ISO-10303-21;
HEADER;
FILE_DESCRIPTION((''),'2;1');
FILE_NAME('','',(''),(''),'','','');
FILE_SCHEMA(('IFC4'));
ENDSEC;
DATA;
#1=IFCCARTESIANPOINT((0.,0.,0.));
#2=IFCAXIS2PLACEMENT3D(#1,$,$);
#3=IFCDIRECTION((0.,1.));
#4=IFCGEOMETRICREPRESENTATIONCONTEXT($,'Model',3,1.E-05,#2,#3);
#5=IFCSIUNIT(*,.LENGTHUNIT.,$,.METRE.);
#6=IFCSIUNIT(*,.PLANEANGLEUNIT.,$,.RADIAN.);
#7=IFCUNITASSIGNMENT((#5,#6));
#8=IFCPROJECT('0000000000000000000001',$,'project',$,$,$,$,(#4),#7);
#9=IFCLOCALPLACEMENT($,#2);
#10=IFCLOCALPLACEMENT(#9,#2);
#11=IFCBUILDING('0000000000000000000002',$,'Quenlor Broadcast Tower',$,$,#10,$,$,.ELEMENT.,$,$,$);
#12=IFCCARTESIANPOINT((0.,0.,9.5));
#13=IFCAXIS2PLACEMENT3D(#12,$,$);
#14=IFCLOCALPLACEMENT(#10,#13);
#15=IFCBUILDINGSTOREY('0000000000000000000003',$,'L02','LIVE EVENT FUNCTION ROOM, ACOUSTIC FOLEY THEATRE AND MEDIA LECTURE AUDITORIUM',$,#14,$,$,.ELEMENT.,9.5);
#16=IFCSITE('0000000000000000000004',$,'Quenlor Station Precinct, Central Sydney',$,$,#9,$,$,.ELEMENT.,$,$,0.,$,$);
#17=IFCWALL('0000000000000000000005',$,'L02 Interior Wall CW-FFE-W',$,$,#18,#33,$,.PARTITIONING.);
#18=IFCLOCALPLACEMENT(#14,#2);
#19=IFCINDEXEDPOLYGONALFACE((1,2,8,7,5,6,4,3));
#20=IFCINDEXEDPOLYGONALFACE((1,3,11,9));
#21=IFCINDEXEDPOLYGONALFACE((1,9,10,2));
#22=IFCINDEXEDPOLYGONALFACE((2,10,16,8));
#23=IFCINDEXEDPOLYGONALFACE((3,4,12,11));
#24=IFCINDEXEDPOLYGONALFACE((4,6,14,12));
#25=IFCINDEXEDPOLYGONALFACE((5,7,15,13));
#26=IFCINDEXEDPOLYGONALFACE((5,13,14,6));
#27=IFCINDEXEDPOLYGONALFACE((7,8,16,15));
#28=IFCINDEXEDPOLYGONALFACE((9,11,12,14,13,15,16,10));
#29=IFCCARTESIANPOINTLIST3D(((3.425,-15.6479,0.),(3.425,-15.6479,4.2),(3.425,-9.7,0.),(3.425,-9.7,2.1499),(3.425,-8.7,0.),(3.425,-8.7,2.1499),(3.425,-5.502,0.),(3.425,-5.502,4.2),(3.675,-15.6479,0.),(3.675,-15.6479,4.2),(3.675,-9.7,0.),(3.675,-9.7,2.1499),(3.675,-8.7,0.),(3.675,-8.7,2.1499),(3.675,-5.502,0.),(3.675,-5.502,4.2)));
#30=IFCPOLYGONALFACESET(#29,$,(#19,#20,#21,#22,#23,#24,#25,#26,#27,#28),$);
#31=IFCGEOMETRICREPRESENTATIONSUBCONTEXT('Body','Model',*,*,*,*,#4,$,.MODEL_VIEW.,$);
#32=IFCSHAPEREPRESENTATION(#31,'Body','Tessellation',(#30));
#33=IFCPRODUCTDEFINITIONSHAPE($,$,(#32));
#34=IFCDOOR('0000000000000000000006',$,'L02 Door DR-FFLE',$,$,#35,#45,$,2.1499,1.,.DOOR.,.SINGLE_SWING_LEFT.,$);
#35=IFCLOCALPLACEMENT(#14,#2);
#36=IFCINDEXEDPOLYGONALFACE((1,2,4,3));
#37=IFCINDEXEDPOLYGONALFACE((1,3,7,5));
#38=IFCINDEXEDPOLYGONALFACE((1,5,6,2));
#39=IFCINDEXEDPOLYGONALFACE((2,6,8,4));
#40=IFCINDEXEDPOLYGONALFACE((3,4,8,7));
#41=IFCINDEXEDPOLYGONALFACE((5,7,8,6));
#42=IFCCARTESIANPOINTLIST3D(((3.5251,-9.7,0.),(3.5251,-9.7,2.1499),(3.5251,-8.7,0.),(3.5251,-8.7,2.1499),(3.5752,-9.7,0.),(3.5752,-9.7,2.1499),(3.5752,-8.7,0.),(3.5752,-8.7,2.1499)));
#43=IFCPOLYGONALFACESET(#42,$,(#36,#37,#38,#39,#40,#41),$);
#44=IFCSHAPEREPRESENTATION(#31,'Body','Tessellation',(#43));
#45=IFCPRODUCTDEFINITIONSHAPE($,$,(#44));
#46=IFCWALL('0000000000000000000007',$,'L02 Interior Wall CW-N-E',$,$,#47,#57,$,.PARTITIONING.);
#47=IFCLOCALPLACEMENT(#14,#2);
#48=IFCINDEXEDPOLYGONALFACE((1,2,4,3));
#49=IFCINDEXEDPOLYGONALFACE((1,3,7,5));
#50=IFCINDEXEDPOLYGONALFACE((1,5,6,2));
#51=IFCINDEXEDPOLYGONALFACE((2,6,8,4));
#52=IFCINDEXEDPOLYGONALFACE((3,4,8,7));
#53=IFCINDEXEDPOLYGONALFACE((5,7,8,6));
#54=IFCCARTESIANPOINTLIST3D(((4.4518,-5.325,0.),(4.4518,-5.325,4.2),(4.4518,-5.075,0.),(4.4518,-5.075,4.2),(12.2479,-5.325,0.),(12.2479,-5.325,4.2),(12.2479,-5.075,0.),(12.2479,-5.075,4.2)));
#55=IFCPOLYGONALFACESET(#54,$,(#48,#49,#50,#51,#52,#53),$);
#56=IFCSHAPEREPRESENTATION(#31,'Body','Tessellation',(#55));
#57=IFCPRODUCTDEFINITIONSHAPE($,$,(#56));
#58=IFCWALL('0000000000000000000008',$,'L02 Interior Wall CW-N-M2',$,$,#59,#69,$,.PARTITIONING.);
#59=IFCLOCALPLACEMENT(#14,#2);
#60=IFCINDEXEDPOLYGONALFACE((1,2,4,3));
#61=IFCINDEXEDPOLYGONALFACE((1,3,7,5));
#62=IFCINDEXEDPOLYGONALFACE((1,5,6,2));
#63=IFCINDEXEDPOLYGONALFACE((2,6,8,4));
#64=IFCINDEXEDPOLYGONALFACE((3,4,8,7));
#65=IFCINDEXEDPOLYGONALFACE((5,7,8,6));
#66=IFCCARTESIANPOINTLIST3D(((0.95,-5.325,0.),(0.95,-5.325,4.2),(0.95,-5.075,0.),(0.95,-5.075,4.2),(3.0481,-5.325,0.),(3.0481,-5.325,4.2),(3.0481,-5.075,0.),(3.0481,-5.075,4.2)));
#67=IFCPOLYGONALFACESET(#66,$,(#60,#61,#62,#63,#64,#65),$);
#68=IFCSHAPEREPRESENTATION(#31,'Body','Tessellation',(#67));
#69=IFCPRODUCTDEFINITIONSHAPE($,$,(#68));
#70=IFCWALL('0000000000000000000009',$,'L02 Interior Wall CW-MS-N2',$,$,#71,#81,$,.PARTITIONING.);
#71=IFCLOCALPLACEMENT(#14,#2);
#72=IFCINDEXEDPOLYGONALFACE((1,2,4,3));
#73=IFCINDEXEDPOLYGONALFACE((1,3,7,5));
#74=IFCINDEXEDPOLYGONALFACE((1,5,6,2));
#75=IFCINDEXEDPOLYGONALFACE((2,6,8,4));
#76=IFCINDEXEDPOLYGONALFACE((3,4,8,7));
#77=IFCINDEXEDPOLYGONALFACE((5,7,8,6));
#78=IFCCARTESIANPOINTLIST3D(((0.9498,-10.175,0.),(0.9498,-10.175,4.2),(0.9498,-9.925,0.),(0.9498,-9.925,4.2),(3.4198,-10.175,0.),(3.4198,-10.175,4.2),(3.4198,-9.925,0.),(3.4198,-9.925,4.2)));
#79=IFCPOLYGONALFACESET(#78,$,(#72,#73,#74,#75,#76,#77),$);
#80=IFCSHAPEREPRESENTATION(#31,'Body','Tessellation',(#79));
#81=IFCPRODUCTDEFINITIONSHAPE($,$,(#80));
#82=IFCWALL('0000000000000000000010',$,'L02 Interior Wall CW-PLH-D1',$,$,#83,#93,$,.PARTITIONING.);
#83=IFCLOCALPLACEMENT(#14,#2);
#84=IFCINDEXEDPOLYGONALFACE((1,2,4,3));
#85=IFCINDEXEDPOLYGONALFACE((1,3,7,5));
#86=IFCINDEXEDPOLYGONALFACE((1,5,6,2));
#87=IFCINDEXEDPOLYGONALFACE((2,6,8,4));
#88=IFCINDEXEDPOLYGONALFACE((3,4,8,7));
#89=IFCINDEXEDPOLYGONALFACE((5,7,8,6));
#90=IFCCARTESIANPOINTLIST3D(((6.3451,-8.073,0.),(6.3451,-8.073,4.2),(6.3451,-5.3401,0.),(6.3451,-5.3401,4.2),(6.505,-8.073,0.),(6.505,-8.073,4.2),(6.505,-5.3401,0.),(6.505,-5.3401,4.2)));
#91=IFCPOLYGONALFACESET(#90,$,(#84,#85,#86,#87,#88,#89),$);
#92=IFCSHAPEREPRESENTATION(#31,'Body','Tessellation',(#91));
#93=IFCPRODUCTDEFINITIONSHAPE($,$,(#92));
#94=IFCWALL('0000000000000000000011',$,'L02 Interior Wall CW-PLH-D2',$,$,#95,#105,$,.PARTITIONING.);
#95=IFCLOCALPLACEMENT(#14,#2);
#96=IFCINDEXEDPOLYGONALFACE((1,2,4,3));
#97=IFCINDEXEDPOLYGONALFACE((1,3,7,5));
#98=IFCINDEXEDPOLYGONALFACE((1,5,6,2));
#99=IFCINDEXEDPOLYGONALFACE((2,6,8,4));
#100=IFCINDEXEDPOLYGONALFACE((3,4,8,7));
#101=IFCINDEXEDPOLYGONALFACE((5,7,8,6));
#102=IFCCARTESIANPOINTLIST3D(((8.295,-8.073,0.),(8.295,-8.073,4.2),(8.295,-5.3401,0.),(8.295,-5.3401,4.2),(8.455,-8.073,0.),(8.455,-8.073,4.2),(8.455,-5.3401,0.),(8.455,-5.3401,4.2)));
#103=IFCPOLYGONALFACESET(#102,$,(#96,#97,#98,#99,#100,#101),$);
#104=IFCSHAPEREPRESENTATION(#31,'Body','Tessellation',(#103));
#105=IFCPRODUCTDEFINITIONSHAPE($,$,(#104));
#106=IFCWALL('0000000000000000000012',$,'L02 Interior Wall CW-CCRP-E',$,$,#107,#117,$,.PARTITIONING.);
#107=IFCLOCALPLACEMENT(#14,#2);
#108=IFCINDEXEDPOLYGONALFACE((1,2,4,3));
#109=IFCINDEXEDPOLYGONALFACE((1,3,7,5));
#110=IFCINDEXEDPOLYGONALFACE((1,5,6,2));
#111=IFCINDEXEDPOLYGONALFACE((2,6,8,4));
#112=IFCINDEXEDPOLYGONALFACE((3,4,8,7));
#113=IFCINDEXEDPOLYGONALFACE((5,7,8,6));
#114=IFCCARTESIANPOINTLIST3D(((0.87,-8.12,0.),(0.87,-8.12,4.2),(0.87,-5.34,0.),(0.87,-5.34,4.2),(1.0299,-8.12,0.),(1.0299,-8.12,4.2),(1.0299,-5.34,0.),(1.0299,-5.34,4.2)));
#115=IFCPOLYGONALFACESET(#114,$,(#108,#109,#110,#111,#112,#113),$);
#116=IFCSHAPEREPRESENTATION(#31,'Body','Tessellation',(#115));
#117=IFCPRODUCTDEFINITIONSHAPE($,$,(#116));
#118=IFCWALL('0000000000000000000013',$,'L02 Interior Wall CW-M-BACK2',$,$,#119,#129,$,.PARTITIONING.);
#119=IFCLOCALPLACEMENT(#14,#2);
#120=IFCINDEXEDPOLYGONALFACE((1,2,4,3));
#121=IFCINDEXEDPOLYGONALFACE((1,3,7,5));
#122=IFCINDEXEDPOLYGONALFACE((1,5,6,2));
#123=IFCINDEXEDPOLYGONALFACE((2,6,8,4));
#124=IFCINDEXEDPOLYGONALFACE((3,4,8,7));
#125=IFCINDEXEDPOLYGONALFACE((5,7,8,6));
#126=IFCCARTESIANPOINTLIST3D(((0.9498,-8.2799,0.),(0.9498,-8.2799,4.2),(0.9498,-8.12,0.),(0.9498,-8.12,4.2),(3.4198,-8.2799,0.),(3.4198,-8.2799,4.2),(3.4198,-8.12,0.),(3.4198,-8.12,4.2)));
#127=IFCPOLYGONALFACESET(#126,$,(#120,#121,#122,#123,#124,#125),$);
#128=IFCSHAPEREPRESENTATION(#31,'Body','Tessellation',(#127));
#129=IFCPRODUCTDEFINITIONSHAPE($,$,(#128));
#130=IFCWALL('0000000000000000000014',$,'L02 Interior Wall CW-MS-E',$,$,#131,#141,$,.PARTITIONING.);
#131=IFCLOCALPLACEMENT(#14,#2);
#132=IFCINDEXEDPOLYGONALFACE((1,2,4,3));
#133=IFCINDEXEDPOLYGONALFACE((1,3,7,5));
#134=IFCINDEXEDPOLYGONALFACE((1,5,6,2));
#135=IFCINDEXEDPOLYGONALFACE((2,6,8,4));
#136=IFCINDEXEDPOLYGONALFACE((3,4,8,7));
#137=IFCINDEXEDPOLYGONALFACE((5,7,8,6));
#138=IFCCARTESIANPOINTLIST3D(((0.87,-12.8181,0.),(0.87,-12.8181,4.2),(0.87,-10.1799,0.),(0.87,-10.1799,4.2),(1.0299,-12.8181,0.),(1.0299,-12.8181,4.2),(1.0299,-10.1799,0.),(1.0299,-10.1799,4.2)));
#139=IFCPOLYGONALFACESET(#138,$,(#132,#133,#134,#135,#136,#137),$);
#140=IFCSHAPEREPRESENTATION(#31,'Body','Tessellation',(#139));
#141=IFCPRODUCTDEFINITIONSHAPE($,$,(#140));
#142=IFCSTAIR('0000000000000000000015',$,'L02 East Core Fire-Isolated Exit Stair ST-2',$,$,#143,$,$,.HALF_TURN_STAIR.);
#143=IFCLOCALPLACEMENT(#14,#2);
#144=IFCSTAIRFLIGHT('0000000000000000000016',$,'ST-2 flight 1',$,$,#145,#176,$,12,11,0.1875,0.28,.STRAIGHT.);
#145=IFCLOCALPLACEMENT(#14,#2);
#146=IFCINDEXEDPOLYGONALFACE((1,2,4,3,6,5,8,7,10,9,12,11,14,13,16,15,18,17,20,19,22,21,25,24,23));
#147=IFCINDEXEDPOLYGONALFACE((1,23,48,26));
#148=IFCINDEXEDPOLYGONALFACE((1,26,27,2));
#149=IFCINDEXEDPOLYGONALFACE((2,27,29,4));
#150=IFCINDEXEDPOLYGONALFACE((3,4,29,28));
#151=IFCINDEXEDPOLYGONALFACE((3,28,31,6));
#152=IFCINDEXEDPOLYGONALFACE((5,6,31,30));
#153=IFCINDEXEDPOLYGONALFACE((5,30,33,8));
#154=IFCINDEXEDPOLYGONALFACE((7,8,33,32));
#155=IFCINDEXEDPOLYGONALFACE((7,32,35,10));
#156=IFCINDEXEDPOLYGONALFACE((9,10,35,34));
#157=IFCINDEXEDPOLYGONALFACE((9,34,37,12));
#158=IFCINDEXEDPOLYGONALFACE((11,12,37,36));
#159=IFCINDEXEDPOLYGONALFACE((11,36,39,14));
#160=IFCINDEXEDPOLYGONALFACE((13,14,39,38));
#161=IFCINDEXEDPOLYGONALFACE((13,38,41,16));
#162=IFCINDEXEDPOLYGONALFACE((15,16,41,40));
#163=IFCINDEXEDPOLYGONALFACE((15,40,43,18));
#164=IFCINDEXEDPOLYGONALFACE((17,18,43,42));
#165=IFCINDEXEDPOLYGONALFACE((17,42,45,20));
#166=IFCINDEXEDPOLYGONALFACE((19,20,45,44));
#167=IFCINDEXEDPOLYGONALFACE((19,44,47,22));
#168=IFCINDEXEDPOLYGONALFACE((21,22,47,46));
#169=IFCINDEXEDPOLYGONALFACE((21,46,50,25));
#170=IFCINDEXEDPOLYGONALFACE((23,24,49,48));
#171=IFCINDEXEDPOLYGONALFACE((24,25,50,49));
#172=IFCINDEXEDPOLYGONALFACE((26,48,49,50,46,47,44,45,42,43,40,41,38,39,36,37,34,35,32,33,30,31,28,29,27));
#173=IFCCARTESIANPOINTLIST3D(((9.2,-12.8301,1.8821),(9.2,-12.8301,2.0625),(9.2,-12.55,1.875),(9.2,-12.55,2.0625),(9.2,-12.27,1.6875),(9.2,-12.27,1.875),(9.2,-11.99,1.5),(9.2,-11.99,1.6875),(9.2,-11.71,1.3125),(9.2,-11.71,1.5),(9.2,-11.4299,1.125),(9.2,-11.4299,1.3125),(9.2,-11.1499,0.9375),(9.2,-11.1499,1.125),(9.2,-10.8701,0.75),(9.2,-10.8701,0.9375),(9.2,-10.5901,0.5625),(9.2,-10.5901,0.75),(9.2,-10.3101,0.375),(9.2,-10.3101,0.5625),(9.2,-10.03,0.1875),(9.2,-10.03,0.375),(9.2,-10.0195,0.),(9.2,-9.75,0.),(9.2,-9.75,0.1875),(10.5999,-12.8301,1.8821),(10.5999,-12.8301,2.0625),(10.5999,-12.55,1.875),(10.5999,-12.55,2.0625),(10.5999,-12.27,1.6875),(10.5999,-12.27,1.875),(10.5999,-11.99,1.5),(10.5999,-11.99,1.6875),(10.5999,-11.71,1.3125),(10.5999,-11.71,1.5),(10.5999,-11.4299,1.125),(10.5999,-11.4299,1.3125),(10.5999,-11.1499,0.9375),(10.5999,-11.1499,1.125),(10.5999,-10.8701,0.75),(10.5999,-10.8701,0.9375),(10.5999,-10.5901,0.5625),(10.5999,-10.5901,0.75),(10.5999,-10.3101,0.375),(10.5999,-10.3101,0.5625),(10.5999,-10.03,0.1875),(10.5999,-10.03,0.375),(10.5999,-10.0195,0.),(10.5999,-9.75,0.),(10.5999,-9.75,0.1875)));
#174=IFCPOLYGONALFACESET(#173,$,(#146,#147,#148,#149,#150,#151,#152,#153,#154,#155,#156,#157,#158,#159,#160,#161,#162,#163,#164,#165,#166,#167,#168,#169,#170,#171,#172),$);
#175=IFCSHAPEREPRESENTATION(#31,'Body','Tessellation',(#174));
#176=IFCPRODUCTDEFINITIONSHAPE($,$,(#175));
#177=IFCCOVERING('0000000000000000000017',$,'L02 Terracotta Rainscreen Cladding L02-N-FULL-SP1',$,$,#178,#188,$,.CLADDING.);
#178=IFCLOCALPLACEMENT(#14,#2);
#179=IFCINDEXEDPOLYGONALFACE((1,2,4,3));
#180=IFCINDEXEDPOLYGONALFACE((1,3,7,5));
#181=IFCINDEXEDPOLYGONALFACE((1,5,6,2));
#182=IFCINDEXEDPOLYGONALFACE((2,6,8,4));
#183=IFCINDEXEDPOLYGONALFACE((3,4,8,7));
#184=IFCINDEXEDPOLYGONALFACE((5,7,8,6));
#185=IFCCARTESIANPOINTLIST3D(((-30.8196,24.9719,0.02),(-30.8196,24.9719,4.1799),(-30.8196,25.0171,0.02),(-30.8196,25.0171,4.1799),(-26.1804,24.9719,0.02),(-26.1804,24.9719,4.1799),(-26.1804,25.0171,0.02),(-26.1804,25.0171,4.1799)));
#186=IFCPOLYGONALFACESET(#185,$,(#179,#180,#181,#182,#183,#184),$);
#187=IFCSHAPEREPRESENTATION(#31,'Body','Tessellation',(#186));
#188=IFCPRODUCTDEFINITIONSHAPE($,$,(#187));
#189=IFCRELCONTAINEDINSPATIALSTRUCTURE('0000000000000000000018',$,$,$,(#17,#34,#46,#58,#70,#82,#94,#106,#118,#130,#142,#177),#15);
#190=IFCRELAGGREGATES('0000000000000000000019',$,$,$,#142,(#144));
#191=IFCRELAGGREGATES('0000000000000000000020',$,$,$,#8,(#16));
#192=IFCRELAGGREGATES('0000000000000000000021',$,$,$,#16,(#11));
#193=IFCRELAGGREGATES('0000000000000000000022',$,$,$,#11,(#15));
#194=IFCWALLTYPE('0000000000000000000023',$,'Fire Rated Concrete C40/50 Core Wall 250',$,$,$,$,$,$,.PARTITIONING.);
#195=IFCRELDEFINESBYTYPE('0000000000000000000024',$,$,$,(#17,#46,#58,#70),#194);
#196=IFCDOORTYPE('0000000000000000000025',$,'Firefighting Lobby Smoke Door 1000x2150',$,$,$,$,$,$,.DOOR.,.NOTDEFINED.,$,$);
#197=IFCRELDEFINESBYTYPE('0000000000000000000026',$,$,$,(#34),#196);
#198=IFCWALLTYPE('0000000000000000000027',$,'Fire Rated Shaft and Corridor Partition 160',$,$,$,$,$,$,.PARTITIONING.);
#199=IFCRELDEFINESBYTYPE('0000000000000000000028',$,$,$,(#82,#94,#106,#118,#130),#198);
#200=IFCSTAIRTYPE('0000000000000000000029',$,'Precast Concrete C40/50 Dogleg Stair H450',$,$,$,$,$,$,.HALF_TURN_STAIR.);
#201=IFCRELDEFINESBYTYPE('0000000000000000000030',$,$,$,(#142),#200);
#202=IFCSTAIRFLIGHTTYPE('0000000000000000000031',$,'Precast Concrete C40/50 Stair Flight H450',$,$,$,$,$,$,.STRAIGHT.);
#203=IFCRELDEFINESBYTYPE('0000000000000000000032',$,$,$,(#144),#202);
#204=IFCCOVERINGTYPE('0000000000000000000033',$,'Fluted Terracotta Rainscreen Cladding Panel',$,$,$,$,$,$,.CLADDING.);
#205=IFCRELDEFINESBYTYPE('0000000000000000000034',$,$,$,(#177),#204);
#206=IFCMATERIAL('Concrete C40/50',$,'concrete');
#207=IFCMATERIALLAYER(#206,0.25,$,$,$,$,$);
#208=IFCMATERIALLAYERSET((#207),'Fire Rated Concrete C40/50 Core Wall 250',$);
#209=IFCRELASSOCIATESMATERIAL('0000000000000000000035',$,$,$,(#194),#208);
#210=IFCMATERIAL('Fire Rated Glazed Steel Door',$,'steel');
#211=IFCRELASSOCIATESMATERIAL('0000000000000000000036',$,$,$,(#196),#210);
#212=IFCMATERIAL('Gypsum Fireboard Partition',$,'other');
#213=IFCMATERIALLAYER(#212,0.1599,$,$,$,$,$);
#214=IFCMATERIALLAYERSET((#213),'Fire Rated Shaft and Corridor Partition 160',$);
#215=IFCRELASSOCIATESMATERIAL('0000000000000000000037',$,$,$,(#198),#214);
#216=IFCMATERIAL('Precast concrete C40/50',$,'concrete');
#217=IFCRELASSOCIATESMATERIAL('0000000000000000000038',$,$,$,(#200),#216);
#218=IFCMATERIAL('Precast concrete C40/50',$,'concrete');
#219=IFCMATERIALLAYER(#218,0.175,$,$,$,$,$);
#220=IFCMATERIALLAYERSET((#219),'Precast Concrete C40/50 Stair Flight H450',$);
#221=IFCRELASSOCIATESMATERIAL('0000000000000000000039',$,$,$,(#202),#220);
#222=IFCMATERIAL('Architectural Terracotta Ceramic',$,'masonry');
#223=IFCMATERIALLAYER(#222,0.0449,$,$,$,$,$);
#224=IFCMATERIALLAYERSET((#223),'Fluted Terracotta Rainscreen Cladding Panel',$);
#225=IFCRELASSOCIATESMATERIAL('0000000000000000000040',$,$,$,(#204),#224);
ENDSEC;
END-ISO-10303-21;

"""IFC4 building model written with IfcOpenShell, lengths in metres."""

from ifc_helpers import new_model, si_unit, direction, frame, frame_2d, origin, place, context, subcontext, project, spatial, polyline, rectangle, outline, extrude, material, layer, layer_set, type_object, element, fill, aggregate, save


model = new_model("IFC4")

# Units and contexts
model_context = context("Model", 3, precision=1e-05, world=origin(), true_north=direction((0.0, 1.0)))
body_context = subcontext(model_context, "Body", "Model", "MODEL_VIEW")
ifc_project = project(units=[si_unit("LENGTHUNIT", "METRE"), si_unit("PLANEANGLEUNIT", "RADIAN")], contexts=[model_context])

# Site, building, storey
site_placement = place(None, origin())
site = spatial("IfcSite", under=ifc_project, at=site_placement, Name="Quenlor Station Precinct, Central Sydney", CompositionType="ELEMENT", RefElevation=0.0)
building_placement = place(site_placement, origin())
building = spatial("IfcBuilding", under=site, at=building_placement, Name="Quenlor Broadcast Tower", CompositionType="ELEMENT")
storey_placement = place(building_placement, frame((0.0, 0.0, 9.5)))
storey = spatial("IfcBuildingStorey", under=building, at=storey_placement, Name="L02", Description="LIVE EVENT FUNCTION ROOM, ACOUSTIC FOLEY THEATRE AND MEDIA LECTURE AUDITORIUM", CompositionType="ELEMENT", Elevation=9.5)

# Shared definitions
ifc_material_1 = material(Name="Concrete C40/50", Category="concrete")
ifc_layer_1 = layer(ifc_material_1, 0.25)
ifc_layer_set_1 = layer_set([ifc_layer_1], Name="Fire Rated Concrete C40/50 Core Wall 250")
wall_type_1 = type_object("IfcWallType", Name="Fire Rated Concrete C40/50 Core Wall 250", PredefinedType="PARTITIONING", material=ifc_layer_set_1)

# Wall, opening, door
wall_1_placement = place(storey_placement, frame((3.55, -15.6479, 0.0), z_axis=(0.0, 0.0, 1.0), x_axis=(0.0, 1.0, 0.0)))
wall_1 = element("IfcWall", 1, at=wall_1_placement, inside=storey, type_object=wall_type_1, Name="L02 Interior Wall CW-FFE-W", PredefinedType="PARTITIONING", context=body_context, shape_type="SweptSolid", body=[
    extrude(rectangle(XDim=10.146, YDim=0.25, at=frame_2d((5.073, 0.0))), origin(), (0.0, 0.0, 1.0), 4.2),
])
opening_1_placement = place(wall_1_placement, frame((5.948, 0.0, 0.0)))
opening_1 = element("IfcOpeningElement", 2, at=opening_1_placement, cuts=wall_1, PredefinedType="OPENING", context=body_context, shape_type="SweptSolid", body=[
    extrude(rectangle(XDim=1.0, YDim=2.1499, at=frame_2d((0.5, 1.075))), frame((0.0, 0.135, 0.0), z_axis=(0.0, -1.0, 0.0), x_axis=(1.0, 0.0, 0.0)), (0.0, 0.0, 1.0), 0.27),
])
ifc_material_2 = material(Name="Fire Rated Glazed Steel Door", Category="steel")
door_type_1 = type_object("IfcDoorType", Name="Firefighting Lobby Smoke Door 1000x2150", OperationType="NOTDEFINED", PredefinedType="DOOR", material=ifc_material_2)
door_1_placement = place(opening_1_placement, origin())
door_1 = element("IfcDoor", 3, at=door_1_placement, inside=storey, type_object=door_type_1, Name="L02 Door DR-FFLE", OperationType="SINGLE_SWING_LEFT", OverallHeight=2.1499, OverallWidth=1.0, PredefinedType="DOOR", context=body_context, shape_type="SweptSolid", body=[
    extrude(rectangle(XDim=1.0, YDim=2.1499, at=frame_2d((0.5, 1.075))), frame((0.0, 0.0249, 0.0), z_axis=(0.0, -1.0, 0.0), x_axis=(1.0, 0.0, 0.0)), (0.0, 0.0, 1.0), 0.05),
])
fill(opening_1, door_1)

# Walls
wall_2_placement = place(storey_placement, frame((4.4519, -5.2, 0.0), z_axis=(0.0, 0.0, 1.0), x_axis=(1.0, 0.0, 0.0)))
element("IfcWall", 4, at=wall_2_placement, inside=storey, type_object=wall_type_1, Name="L02 Interior Wall CW-N-E", PredefinedType="PARTITIONING", context=body_context, shape_type="SweptSolid", body=[
    extrude(rectangle(XDim=7.7961, YDim=0.25, at=frame_2d((3.8979, 0.0))), origin(), (0.0, 0.0, 1.0), 4.2),
])
wall_3_placement = place(storey_placement, frame((0.95, -5.2, 0.0), z_axis=(0.0, 0.0, 1.0), x_axis=(1.0, 0.0, 0.0)))
element("IfcWall", 5, at=wall_3_placement, inside=storey, type_object=wall_type_1, Name="L02 Interior Wall CW-N-M2", PredefinedType="PARTITIONING", context=body_context, shape_type="SweptSolid", body=[
    extrude(rectangle(XDim=2.0981, YDim=0.25, at=frame_2d((1.0491, 0.0))), origin(), (0.0, 0.0, 1.0), 4.2),
])
wall_4_placement = place(storey_placement, frame((0.95, -10.05, 0.0), z_axis=(0.0, 0.0, 1.0), x_axis=(1.0, 0.0, 0.0)))
element("IfcWall", 6, at=wall_4_placement, inside=storey, type_object=wall_type_1, Name="L02 Interior Wall CW-MS-N2", PredefinedType="PARTITIONING", context=body_context, shape_type="SweptSolid", body=[
    extrude(rectangle(XDim=2.47, YDim=0.25, at=frame_2d((1.2349, 0.0))), origin(), (0.0, 0.0, 1.0), 4.2),
])
ifc_material_3 = material(Name="Gypsum Fireboard Partition", Category="other")
ifc_layer_2 = layer(ifc_material_3, 0.1599)
ifc_layer_set_2 = layer_set([ifc_layer_2], Name="Fire Rated Shaft and Corridor Partition 160")
wall_type_2 = type_object("IfcWallType", Name="Fire Rated Shaft and Corridor Partition 160", PredefinedType="PARTITIONING", material=ifc_layer_set_2)
for number, where, z_axis, x_axis, name in (
    (7, (6.425, -8.073, 0.0), (0.0, 0.0, 1.0), (0.0, 1.0, 0.0), "L02 Interior Wall CW-PLH-D1"),
    (8, (8.375, -8.073, 0.0), (0.0, 0.0, 1.0), (0.0, 1.0, 0.0), "L02 Interior Wall CW-PLH-D2"),
):
    element("IfcWall", number, at=place(storey_placement, frame(where, z_axis=z_axis, x_axis=x_axis)), inside=storey, type_object=wall_type_2, Name=name, PredefinedType="PARTITIONING", context=body_context, shape_type="SweptSolid", body=[
        extrude(rectangle(XDim=2.7329, YDim=0.1599, at=frame_2d((1.3665, 0.0))), origin(), (0.0, 0.0, 1.0), 4.2),
    ])
wall_5_placement = place(storey_placement, frame((0.95, -8.1201, 0.0), z_axis=(0.0, 0.0, 1.0), x_axis=(0.0, 1.0, 0.0)))
element("IfcWall", 9, at=wall_5_placement, inside=storey, type_object=wall_type_2, Name="L02 Interior Wall CW-CCRP-E", PredefinedType="PARTITIONING", context=body_context, shape_type="SweptSolid", body=[
    extrude(rectangle(XDim=2.78, YDim=0.1599, at=frame_2d((1.3901, 0.0))), origin(), (0.0, 0.0, 1.0), 4.2),
])
wall_6_placement = place(storey_placement, frame((0.95, -8.2, 0.0), z_axis=(0.0, 0.0, 1.0), x_axis=(1.0, 0.0, 0.0)))
element("IfcWall", 10, at=wall_6_placement, inside=storey, type_object=wall_type_2, Name="L02 Interior Wall CW-M-BACK2", PredefinedType="PARTITIONING", context=body_context, shape_type="SweptSolid", body=[
    extrude(rectangle(XDim=2.47, YDim=0.1599, at=frame_2d((1.2349, 0.0))), origin(), (0.0, 0.0, 1.0), 4.2),
])
wall_7_placement = place(storey_placement, frame((0.95, -12.8181, 0.0), z_axis=(0.0, 0.0, 1.0), x_axis=(0.0, 1.0, 0.0)))
element("IfcWall", 11, at=wall_7_placement, inside=storey, type_object=wall_type_2, Name="L02 Interior Wall CW-MS-E", PredefinedType="PARTITIONING", context=body_context, shape_type="SweptSolid", body=[
    extrude(rectangle(XDim=2.6382, YDim=0.1599, at=frame_2d((1.3191, 0.0))), origin(), (0.0, 0.0, 1.0), 4.2),
])

# Stair, stair flight
ifc_material_4 = material(Name="Precast concrete C40/50", Category="concrete")
stair_type = type_object("IfcStairType", Name="Precast Concrete C40/50 Dogleg Stair H450", PredefinedType="HALF_TURN_STAIR", material=ifc_material_4)
stair_placement = place(storey_placement, origin())
stair = element("IfcStair", 12, at=stair_placement, inside=storey, type_object=stair_type, Name="L02 East Core Fire-Isolated Exit Stair ST-2", PredefinedType="HALF_TURN_STAIR")
ifc_material_5 = material(Name="Precast concrete C40/50", Category="concrete")
ifc_layer_3 = layer(ifc_material_5, 0.175)
ifc_layer_set_3 = layer_set([ifc_layer_3], Name="Precast Concrete C40/50 Stair Flight H450")
stair_flight_type = type_object("IfcStairFlightType", Name="Precast Concrete C40/50 Stair Flight H450", PredefinedType="STRAIGHT", material=ifc_layer_set_3)
stair_flight_placement = place(storey_placement, frame((9.8999, -9.75, 0.0), z_axis=(0.0, 0.0, 1.0), x_axis=(0.0, -1.0, 0.0)))
stair_flight = element("IfcStairFlight", 13, at=stair_flight_placement, type_object=stair_flight_type, Name="ST-2 flight 1", NumberOfRisers=12, NumberOfTreads=11, PredefinedType="STRAIGHT", RiserHeight=0.1875, TreadLength=0.28, context=body_context, shape_type="SweptSolid", body=[
    extrude(outline(polyline([(0.0, 0.0), (0.0, 0.1875), (0.28, 0.1875), (0.28, 0.375), (0.5601, 0.375), (0.5601, 0.5625), (0.8401, 0.5625), (0.8401, 0.75), (1.1201, 0.75), (1.1201, 0.9375), (1.3999, 0.9375), (1.3999, 1.125), (1.6799, 1.125), (1.6799, 1.3125), (1.96, 1.3125), (1.96, 1.5), (2.24, 1.5), (2.24, 1.6875), (2.52, 1.6875), (2.52, 1.875), (2.8, 1.875), (2.8, 2.0625), (3.0801, 2.0625), (3.0801, 2.25), (3.0801, 1.8821), (0.2695, 0.0), (0.0, 0.0)])), frame((0.0, 0.7, 0.0), z_axis=(0.0, -1.0, 0.0), x_axis=(1.0, 0.0, 0.0)), (0.0, 0.0, 1.0), 1.3999),
])
aggregate(stair, [stair_flight])

# Covering
ifc_material_6 = material(Name="Architectural Terracotta Ceramic", Category="masonry")
ifc_layer_4 = layer(ifc_material_6, 0.0449)
ifc_layer_set_4 = layer_set([ifc_layer_4], Name="Fluted Terracotta Rainscreen Cladding Panel")
covering_type = type_object("IfcCoveringType", Name="Fluted Terracotta Rainscreen Cladding Panel", PredefinedType="CLADDING", material=ifc_layer_set_4)
covering_1_placement = place(storey_placement, frame((0.0, 0.0, 0.02)))
element("IfcCovering", 14, at=covering_1_placement, inside=storey, type_object=covering_type, Name="L02 Terracotta Rainscreen Cladding L02-N-FULL-SP1", PredefinedType="CLADDING", context=body_context, shape_type="SweptSolid", body=[
    extrude(outline(polyline([(-30.8196, 24.9719), (-26.1804, 24.9719), (-26.1804, 25.0171), (-30.8196, 25.0171), (-30.8196, 24.9719)])), origin(), (0.0, 0.0, 1.0), 4.1599),
])

save(model, "model.ifc")
